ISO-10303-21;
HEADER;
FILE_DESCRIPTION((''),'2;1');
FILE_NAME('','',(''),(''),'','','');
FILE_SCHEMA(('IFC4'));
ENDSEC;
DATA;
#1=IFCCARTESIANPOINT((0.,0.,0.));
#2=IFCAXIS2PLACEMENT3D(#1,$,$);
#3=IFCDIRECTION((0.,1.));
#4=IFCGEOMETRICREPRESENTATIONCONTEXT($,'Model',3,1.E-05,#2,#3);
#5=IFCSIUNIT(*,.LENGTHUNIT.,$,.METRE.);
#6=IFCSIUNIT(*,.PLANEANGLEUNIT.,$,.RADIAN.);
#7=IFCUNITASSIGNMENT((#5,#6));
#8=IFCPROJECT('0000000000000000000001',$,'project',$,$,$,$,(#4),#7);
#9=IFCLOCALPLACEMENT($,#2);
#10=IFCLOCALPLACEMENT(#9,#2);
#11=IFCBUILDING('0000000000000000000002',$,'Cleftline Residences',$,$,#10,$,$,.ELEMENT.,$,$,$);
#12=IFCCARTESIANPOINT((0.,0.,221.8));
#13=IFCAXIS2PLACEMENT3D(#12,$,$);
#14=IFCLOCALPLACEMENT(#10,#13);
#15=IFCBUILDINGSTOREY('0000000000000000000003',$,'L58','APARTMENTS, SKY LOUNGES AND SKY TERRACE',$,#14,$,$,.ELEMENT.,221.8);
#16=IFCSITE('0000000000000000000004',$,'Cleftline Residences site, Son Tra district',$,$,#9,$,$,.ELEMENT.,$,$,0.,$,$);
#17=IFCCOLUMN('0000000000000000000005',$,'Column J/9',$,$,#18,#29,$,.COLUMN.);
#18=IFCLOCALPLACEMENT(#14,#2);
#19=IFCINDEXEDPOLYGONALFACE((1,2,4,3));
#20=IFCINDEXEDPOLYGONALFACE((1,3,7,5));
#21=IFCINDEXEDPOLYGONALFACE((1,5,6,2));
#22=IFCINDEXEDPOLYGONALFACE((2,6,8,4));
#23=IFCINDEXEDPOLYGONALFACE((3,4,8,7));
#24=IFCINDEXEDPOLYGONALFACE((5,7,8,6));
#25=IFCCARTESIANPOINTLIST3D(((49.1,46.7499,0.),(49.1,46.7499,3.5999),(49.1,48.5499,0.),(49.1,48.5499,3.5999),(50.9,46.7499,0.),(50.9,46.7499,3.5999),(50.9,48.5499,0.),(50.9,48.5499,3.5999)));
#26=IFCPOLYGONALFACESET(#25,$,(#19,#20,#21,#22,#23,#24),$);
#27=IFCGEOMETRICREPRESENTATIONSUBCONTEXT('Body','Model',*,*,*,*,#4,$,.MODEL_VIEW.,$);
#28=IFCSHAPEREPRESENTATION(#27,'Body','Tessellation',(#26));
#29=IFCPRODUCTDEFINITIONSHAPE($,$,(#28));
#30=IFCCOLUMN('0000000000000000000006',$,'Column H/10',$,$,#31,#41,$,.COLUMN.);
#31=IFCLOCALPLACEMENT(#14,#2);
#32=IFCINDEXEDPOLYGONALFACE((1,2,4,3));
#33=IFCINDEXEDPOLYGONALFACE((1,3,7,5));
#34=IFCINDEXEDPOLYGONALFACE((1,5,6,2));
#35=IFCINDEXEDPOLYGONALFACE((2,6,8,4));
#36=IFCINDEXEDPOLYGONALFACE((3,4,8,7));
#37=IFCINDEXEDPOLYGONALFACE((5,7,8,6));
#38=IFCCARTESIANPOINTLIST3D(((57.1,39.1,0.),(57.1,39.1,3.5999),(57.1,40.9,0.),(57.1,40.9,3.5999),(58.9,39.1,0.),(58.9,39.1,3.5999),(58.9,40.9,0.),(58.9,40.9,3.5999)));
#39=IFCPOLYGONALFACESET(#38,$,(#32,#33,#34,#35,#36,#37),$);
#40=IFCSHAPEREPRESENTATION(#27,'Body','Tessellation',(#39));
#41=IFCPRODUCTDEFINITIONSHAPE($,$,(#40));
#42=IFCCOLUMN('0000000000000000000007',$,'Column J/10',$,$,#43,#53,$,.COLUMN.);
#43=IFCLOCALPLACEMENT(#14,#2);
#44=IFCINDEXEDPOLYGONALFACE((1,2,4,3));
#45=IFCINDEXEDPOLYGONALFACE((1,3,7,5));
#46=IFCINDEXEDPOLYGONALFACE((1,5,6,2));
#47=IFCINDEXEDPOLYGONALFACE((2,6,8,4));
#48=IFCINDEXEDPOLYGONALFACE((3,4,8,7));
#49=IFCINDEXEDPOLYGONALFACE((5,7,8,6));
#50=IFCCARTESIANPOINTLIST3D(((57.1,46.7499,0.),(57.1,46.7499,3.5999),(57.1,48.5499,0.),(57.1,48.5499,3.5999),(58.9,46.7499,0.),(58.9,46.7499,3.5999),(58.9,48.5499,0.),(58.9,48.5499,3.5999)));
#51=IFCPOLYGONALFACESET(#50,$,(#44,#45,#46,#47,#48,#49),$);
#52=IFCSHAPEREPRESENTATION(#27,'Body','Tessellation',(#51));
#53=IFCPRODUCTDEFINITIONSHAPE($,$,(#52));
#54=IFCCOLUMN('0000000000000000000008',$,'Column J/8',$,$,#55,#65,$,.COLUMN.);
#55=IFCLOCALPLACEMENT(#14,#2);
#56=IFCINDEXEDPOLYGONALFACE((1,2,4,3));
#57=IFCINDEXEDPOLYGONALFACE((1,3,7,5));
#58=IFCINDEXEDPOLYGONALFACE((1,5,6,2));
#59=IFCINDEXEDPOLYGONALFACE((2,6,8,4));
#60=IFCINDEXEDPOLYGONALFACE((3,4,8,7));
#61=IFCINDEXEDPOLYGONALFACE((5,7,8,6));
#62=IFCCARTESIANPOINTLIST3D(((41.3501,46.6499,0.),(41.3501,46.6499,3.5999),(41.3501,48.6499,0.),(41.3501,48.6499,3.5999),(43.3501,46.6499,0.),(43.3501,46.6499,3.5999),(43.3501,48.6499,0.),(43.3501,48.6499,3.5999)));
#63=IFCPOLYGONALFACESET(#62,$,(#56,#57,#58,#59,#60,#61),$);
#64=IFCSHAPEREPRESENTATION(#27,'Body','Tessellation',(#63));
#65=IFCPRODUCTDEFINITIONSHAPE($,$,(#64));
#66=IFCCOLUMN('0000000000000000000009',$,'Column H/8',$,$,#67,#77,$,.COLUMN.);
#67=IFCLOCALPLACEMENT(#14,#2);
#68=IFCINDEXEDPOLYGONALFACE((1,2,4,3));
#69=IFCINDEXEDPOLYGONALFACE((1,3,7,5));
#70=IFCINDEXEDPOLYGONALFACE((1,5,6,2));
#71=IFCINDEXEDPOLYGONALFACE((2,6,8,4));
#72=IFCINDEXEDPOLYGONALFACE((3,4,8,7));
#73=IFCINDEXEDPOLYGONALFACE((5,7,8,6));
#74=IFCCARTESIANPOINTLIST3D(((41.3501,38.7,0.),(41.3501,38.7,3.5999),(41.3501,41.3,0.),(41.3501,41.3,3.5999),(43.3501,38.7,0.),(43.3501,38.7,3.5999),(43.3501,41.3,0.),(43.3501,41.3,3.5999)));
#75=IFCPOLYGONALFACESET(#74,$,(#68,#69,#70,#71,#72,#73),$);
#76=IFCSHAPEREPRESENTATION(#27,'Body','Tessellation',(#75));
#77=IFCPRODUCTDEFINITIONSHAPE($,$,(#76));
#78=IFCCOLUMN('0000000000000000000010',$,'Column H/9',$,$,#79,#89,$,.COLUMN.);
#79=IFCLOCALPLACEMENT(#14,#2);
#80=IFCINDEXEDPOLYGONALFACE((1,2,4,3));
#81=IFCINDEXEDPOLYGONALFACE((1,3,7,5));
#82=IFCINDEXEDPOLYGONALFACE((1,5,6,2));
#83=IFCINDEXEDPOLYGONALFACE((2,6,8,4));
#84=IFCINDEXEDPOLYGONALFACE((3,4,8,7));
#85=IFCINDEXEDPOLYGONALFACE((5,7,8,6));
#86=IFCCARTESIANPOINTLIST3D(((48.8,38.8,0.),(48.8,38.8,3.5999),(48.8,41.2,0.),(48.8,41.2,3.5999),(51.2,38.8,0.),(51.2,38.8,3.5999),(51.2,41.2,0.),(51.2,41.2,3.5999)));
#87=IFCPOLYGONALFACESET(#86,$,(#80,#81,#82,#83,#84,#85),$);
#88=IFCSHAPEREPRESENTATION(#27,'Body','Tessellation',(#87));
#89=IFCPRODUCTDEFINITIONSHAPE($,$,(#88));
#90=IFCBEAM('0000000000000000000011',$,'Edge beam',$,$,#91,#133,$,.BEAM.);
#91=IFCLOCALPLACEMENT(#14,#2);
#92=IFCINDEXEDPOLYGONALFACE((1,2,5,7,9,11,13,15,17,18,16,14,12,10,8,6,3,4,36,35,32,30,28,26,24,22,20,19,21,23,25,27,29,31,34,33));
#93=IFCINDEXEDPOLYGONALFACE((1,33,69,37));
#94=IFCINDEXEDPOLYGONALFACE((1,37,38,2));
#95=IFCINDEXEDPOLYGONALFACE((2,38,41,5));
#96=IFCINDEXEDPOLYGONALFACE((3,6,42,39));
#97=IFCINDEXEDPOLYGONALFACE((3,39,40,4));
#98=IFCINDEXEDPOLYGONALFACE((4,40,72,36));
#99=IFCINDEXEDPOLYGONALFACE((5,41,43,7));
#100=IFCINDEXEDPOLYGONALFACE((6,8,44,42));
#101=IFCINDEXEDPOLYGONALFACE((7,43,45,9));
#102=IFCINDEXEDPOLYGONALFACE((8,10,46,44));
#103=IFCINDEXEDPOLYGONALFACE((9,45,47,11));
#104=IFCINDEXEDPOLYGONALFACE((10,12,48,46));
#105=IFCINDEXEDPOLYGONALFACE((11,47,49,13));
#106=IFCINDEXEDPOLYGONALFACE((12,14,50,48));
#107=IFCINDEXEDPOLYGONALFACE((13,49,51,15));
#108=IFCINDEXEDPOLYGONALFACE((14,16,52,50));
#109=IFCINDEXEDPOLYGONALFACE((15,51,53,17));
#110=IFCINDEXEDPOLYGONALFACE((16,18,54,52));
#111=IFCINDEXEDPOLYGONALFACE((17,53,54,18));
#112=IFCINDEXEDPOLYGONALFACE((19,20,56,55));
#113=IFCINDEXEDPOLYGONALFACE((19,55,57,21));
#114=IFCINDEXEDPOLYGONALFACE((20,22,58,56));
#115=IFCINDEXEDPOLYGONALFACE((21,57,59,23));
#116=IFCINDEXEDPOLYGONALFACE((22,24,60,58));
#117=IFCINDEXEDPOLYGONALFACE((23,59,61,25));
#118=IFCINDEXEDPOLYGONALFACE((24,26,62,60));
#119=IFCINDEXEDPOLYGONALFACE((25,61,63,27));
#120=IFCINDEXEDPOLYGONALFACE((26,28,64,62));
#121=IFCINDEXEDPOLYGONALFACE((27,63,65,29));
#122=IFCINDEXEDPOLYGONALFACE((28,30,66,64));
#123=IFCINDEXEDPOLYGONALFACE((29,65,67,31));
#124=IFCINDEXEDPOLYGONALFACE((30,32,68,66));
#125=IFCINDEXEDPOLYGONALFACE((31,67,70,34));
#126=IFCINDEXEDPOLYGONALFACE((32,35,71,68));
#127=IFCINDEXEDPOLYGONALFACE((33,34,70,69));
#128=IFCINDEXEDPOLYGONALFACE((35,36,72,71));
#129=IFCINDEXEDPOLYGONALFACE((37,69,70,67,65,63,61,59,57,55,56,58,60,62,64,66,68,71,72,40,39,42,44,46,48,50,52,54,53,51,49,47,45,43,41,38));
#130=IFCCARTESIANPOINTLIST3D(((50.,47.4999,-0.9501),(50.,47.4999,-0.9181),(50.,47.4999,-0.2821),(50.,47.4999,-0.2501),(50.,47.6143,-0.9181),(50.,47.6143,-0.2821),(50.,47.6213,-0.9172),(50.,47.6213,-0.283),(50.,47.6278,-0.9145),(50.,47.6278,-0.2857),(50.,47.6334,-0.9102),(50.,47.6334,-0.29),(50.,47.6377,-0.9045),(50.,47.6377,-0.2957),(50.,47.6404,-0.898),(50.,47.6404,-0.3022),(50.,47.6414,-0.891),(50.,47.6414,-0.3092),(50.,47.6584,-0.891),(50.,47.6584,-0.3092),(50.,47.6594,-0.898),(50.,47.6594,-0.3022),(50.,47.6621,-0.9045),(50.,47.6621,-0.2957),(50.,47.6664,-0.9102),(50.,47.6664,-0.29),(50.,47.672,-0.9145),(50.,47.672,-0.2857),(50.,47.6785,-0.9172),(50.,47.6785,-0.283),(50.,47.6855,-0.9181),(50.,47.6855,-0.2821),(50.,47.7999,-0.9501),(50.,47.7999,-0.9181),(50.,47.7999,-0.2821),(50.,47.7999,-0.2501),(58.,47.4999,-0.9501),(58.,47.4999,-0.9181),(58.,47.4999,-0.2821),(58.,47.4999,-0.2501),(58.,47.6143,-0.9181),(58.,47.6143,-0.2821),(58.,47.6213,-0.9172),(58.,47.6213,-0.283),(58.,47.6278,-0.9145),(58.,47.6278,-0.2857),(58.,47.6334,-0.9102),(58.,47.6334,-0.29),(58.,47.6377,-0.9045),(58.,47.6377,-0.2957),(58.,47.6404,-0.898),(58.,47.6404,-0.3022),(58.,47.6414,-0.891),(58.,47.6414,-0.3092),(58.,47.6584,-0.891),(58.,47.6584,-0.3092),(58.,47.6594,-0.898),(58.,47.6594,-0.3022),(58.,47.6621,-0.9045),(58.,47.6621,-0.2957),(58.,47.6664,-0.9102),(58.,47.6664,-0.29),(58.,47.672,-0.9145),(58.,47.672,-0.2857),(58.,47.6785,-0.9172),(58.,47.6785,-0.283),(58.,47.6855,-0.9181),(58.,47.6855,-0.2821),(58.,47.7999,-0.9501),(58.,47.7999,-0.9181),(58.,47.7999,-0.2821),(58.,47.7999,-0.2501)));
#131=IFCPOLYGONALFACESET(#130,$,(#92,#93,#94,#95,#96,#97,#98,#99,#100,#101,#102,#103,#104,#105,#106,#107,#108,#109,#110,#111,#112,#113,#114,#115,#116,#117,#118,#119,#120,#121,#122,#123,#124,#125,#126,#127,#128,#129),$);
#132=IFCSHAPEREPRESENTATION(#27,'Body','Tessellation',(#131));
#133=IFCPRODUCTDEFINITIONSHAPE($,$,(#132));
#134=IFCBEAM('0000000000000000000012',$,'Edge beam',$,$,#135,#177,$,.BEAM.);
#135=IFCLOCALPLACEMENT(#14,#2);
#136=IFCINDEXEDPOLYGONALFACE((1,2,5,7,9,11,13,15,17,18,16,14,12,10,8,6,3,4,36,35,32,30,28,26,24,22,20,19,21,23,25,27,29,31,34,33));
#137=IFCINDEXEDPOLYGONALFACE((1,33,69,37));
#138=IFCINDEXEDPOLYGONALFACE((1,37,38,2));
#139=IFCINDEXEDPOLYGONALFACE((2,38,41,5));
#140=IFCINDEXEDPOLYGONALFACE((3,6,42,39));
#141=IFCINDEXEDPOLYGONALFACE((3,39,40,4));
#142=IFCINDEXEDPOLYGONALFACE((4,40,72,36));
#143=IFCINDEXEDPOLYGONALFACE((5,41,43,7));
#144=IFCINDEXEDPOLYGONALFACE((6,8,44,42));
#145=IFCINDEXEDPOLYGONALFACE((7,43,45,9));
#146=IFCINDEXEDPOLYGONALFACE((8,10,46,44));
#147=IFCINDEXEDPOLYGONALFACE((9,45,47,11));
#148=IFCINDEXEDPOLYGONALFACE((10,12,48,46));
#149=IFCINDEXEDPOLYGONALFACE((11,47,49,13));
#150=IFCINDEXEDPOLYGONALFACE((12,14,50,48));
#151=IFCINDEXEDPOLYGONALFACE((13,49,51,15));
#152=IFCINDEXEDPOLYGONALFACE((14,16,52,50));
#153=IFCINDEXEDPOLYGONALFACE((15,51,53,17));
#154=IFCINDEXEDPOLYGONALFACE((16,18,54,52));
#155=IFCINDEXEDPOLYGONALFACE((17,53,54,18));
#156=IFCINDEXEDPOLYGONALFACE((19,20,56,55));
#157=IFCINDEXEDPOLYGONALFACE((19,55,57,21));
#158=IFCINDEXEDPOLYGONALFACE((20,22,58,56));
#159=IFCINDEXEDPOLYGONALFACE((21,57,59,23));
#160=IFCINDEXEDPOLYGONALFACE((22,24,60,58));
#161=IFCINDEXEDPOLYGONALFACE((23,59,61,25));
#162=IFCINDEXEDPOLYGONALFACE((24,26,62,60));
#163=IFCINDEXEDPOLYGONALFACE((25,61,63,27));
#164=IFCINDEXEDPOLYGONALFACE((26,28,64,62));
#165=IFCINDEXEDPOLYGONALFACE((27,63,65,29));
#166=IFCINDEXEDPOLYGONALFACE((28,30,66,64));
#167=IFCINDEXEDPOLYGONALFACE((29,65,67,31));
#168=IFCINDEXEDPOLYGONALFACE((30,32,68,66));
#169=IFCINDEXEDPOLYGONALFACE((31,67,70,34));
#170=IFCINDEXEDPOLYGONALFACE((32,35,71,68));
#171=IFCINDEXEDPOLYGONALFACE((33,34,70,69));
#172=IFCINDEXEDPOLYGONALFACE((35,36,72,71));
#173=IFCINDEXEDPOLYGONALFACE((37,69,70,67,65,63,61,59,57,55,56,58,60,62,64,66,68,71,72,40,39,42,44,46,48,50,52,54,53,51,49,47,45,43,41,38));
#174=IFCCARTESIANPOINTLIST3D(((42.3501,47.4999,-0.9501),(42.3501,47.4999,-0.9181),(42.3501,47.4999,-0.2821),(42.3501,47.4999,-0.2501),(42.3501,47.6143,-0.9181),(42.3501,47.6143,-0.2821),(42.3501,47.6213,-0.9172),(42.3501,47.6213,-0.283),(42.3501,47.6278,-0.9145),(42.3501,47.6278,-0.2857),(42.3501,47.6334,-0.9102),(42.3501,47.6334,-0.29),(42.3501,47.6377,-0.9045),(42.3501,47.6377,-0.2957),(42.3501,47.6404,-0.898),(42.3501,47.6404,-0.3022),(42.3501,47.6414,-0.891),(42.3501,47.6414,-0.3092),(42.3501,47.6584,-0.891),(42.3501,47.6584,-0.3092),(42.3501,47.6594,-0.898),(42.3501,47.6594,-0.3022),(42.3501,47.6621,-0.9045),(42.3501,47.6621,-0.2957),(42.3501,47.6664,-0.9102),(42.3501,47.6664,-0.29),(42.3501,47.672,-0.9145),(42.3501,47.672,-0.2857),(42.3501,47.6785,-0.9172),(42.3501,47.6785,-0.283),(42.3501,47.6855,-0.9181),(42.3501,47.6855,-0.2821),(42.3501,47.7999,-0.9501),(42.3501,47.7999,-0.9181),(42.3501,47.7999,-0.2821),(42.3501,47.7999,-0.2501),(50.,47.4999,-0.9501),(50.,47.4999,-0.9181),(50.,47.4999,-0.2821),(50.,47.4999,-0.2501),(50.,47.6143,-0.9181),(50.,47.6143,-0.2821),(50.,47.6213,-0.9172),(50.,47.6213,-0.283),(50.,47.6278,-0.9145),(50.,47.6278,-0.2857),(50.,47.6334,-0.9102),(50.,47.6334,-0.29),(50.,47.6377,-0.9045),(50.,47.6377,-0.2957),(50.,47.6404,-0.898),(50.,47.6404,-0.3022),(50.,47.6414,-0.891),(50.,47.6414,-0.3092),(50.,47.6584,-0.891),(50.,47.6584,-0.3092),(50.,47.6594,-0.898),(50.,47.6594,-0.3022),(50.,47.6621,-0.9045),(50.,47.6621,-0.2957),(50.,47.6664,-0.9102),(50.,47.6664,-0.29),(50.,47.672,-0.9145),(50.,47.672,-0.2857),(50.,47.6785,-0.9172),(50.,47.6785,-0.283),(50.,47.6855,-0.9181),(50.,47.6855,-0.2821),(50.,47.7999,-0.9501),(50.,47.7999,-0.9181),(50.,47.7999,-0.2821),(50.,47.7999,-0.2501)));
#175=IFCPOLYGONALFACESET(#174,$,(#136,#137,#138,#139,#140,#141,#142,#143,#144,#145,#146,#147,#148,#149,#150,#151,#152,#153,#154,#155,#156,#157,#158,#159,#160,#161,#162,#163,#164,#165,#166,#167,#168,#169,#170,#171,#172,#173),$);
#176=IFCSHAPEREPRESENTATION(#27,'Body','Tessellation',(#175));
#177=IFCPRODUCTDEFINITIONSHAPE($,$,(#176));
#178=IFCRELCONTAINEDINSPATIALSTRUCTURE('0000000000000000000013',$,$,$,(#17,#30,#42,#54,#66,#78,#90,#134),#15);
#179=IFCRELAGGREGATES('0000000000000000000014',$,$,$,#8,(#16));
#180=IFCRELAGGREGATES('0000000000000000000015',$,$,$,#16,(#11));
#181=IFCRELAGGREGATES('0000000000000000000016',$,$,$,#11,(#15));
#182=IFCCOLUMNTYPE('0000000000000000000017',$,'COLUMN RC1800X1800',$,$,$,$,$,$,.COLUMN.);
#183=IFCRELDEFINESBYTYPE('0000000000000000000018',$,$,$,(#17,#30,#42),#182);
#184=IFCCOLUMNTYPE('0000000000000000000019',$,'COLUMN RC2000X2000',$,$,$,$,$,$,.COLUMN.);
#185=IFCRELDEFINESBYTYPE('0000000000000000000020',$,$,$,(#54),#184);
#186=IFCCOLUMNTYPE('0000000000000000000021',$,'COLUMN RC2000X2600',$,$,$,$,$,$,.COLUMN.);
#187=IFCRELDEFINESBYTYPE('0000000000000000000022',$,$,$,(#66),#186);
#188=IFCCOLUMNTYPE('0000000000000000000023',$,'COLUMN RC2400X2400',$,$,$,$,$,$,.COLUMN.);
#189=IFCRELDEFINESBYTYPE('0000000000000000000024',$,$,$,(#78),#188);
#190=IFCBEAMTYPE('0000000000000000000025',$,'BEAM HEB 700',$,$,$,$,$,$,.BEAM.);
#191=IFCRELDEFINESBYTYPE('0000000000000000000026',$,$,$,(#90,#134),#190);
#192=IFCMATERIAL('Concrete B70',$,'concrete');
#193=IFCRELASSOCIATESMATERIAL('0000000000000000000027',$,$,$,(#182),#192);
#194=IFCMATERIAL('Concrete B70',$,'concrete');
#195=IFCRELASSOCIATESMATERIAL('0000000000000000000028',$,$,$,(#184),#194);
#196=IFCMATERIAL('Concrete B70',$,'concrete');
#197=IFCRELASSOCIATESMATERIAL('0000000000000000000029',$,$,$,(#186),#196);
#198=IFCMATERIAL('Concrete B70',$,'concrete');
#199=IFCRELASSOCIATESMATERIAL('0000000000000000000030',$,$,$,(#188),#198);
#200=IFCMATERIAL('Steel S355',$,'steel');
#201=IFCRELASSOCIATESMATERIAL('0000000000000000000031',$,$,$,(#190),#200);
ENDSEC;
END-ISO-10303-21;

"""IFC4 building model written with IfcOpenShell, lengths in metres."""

from ifc_helpers import new_model, si_unit, direction, frame, origin, origin_2d, place, context, subcontext, project, spatial, rectangle, i_section, extrude, material, material_profile, profile_set, type_object, element, save


model = new_model("IFC4")

# Units and contexts
model_context = context("Model", 3, precision=1e-05, world=origin(), true_north=direction((0.0, 1.0)))
body_context = subcontext(model_context, "Body", "Model", "MODEL_VIEW")
ifc_project = project(units=[si_unit("LENGTHUNIT", "METRE"), si_unit("PLANEANGLEUNIT", "RADIAN")], contexts=[model_context])

# Site, building, storey
site_placement = place(None, origin())
site = spatial("IfcSite", under=ifc_project, at=site_placement, Name="Cleftline Residences site, Son Tra district", CompositionType="ELEMENT", RefElevation=0.0)
building_placement = place(site_placement, origin())
building = spatial("IfcBuilding", under=site, at=building_placement, Name="Cleftline Residences", CompositionType="ELEMENT")
storey_placement = place(building_placement, frame((0.0, 0.0, 221.8)))
storey = spatial("IfcBuildingStorey", under=building, at=storey_placement, Name="L58", Description="APARTMENTS, SKY LOUNGES AND SKY TERRACE", CompositionType="ELEMENT", Elevation=221.8)

# Columns
ifc_material_1 = material(Name="Concrete B70", Category="concrete")
ifc_material_profile_1 = material_profile(ifc_material_1, rectangle(XDim=1.8, YDim=1.8, at=origin_2d()))
ifc_profile_set_1 = profile_set([ifc_material_profile_1], Name="Concrete B70")
column_type_1 = type_object("IfcColumnType", Name="COLUMN RC1800X1800", PredefinedType="COLUMN", material=ifc_profile_set_1)
for number, where, z_axis, x_axis, name in (
    (1, (50.0, 47.6499, 0.0), (0.0, 0.0, 1.0), (1.0, 0.0, 0.0), "Column J/9"),
    (2, (58.0, 40.0, 0.0), (0.0, 0.0, 1.0), (1.0, 0.0, 0.0), "Column H/10"),
    (3, (58.0, 47.6499, 0.0), (0.0, 0.0, 1.0), (1.0, 0.0, 0.0), "Column J/10"),
):
    element("IfcColumn", number, at=place(storey_placement, frame(where, z_axis=z_axis, x_axis=x_axis)), inside=storey, type_object=column_type_1, Name=name, PredefinedType="COLUMN", context=body_context, shape_type="SweptSolid", body=[
        extrude(rectangle(XDim=1.8, YDim=1.8, at=origin_2d()), origin(), (0.0, 0.0, 1.0), 3.5999),
    ])
ifc_material_2 = material(Name="Concrete B70", Category="concrete")
ifc_material_profile_2 = material_profile(ifc_material_2, rectangle(XDim=2.0, YDim=2.0, at=origin_2d()))
ifc_profile_set_2 = profile_set([ifc_material_profile_2], Name="Concrete B70")
column_type_2 = type_object("IfcColumnType", Name="COLUMN RC2000X2000", PredefinedType="COLUMN", material=ifc_profile_set_2)
column_1_placement = place(storey_placement, frame((42.3501, 47.6499, 0.0), z_axis=(0.0, 0.0, 1.0), x_axis=(1.0, 0.0, 0.0)))
element("IfcColumn", 4, at=column_1_placement, inside=storey, type_object=column_type_2, Name="Column J/8", PredefinedType="COLUMN", context=body_context, shape_type="SweptSolid", body=[
    extrude(rectangle(XDim=2.0, YDim=2.0, at=origin_2d()), origin(), (0.0, 0.0, 1.0), 3.5999),
])
ifc_material_3 = material(Name="Concrete B70", Category="concrete")
ifc_material_profile_3 = material_profile(ifc_material_3, rectangle(XDim=2.0, YDim=2.6001, at=origin_2d()))
ifc_profile_set_3 = profile_set([ifc_material_profile_3], Name="Concrete B70")
column_type_3 = type_object("IfcColumnType", Name="COLUMN RC2000X2600", PredefinedType="COLUMN", material=ifc_profile_set_3)
column_2_placement = place(storey_placement, frame((42.3501, 40.0, 0.0), z_axis=(0.0, 0.0, 1.0), x_axis=(1.0, 0.0, 0.0)))
element("IfcColumn", 5, at=column_2_placement, inside=storey, type_object=column_type_3, Name="Column H/8", PredefinedType="COLUMN", context=body_context, shape_type="SweptSolid", body=[
    extrude(rectangle(XDim=2.0, YDim=2.6001, at=origin_2d()), origin(), (0.0, 0.0, 1.0), 3.5999),
])
ifc_material_4 = material(Name="Concrete B70", Category="concrete")
ifc_material_profile_4 = material_profile(ifc_material_4, rectangle(XDim=2.3999, YDim=2.3999, at=origin_2d()))
ifc_profile_set_4 = profile_set([ifc_material_profile_4], Name="Concrete B70")
column_type_4 = type_object("IfcColumnType", Name="COLUMN RC2400X2400", PredefinedType="COLUMN", material=ifc_profile_set_4)
column_3_placement = place(storey_placement, frame((50.0, 40.0, 0.0), z_axis=(0.0, 0.0, 1.0), x_axis=(1.0, 0.0, 0.0)))
element("IfcColumn", 6, at=column_3_placement, inside=storey, type_object=column_type_4, Name="Column H/9", PredefinedType="COLUMN", context=body_context, shape_type="SweptSolid", body=[
    extrude(rectangle(XDim=2.3999, YDim=2.3999, at=origin_2d()), origin(), (0.0, 0.0, 1.0), 3.5999),
])

# Beams
ifc_material_5 = material(Name="Steel S355", Category="steel")
ifc_material_profile_5 = material_profile(ifc_material_5, i_section(OverallWidth=0.3, OverallDepth=0.7, WebThickness=0.0171, FlangeThickness=0.032, FilletRadius=0.0271, at=origin_2d()))
ifc_profile_set_5 = profile_set([ifc_material_profile_5], Name="Steel S355")
beam_type = type_object("IfcBeamType", Name="BEAM HEB 700", PredefinedType="BEAM", material=ifc_profile_set_5)
beam_placement = place(storey_placement, frame((58.0, 47.6499, -0.6001), z_axis=(-1.0, 0.0, 0.0), x_axis=(0.0, -1.0, 0.0)))
element("IfcBeam", 7, at=beam_placement, inside=storey, type_object=beam_type, Name="Edge beam", PredefinedType="BEAM", context=body_context, shape_type="SweptSolid", body=[
    extrude(i_section(OverallWidth=0.3, OverallDepth=0.7, WebThickness=0.0171, FlangeThickness=0.032, FilletRadius=0.0271, at=origin_2d()), origin(), (0.0, 0.0, 1.0), 8.0),
])
for number, where, z_axis, x_axis, name in (
    (8, (50.0, 47.6499, -0.6001), (-1.0, 0.0, 0.0), (0.0, -1.0, 0.0), "Edge beam"),
):
    element("IfcBeam", number, at=place(storey_placement, frame(where, z_axis=z_axis, x_axis=x_axis)), inside=storey, type_object=beam_type, Name=name, PredefinedType="BEAM", context=body_context, shape_type="SweptSolid", body=[
        extrude(i_section(OverallWidth=0.3, OverallDepth=0.7, WebThickness=0.0171, FlangeThickness=0.032, FilletRadius=0.0271, at=origin_2d()), origin(), (0.0, 0.0, 1.0), 7.6499),
    ])

save(model, "model.ifc")
